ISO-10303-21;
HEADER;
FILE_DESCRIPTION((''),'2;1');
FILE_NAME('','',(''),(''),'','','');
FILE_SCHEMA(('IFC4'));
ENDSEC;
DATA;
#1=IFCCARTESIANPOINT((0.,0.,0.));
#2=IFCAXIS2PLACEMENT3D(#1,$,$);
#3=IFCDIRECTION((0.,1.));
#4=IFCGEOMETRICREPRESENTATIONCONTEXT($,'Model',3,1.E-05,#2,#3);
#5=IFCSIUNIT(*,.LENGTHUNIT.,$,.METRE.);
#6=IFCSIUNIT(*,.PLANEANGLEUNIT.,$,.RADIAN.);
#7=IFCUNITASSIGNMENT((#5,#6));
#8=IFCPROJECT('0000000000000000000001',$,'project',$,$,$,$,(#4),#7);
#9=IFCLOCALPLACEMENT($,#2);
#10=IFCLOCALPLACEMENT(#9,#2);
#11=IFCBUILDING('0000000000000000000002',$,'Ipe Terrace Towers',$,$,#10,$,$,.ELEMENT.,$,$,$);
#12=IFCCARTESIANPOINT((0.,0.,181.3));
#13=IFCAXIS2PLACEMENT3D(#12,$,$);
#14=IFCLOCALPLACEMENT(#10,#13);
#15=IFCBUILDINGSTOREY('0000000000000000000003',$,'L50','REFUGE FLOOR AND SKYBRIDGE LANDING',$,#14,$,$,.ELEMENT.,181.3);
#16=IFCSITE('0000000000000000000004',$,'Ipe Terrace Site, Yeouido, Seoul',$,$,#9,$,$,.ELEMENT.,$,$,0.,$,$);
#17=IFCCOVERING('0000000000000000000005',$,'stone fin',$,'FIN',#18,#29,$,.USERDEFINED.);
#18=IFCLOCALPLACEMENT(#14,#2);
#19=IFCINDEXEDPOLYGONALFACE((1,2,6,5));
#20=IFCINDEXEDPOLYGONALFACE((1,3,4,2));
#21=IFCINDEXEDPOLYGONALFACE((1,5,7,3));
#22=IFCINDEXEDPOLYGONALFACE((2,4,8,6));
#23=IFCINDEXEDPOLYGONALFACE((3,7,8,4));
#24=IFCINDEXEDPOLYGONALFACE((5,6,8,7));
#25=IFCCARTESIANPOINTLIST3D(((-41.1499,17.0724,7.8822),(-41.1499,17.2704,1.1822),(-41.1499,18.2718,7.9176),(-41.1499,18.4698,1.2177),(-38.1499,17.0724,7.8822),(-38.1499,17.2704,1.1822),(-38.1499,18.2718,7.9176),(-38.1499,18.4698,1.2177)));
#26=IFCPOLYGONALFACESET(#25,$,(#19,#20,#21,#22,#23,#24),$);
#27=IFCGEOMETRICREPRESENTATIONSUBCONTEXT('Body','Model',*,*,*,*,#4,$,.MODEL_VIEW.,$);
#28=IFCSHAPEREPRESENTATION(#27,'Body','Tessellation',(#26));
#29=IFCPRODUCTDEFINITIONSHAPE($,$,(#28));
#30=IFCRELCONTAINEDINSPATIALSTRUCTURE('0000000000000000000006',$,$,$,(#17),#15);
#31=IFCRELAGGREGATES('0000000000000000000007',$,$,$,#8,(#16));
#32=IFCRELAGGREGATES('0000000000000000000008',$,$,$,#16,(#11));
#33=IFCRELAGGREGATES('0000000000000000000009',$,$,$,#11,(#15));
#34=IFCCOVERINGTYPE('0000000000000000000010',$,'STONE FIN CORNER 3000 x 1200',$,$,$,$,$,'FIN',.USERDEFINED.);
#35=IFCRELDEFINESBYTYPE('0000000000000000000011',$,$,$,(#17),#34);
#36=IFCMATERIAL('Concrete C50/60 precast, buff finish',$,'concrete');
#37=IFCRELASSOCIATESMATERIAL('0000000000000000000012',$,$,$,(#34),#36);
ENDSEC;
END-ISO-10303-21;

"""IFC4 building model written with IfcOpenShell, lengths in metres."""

from ifc_helpers import new_model, si_unit, direction, frame, origin, origin_2d, place, context, subcontext, project, spatial, rectangle, extrude, material, material_profile, profile_set, type_object, element, save


model = new_model("IFC4")

# Units and contexts
model_context = context("Model", 3, precision=1e-05, world=origin(), true_north=direction((0.0, 1.0)))
body_context = subcontext(model_context, "Body", "Model", "MODEL_VIEW")
ifc_project = project(units=[si_unit("LENGTHUNIT", "METRE"), si_unit("PLANEANGLEUNIT", "RADIAN")], contexts=[model_context])

# Site, building, storey
site_placement = place(None, origin())
site = spatial("IfcSite", under=ifc_project, at=site_placement, Name="Ipe Terrace Site, Yeouido, Seoul", CompositionType="ELEMENT", RefElevation=0.0)
building_placement = place(site_placement, origin())
building = spatial("IfcBuilding", under=site, at=building_placement, Name="Ipe Terrace Towers", CompositionType="ELEMENT")
storey_placement = place(building_placement, frame((0.0, 0.0, 181.3)))
storey = spatial("IfcBuildingStorey", under=building, at=storey_placement, Name="L50", Description="REFUGE FLOOR AND SKYBRIDGE LANDING", CompositionType="ELEMENT", Elevation=181.3)

# Covering
ifc_material_1 = material(Name="Concrete C50/60 precast, buff finish", Category="concrete")
ifc_material_profile_1 = material_profile(ifc_material_1, rectangle(XDim=3.0, YDim=1.2, at=origin_2d()), Name="STONE FIN CORNER 3000 x 1200")
ifc_profile_set_1 = profile_set([ifc_material_profile_1], Name="Concrete C50/60 precast, buff finish")
covering_type_1 = type_object("IfcCoveringType", Name="STONE FIN CORNER 3000 x 1200", ElementType="FIN", PredefinedType="USERDEFINED", material=ifc_profile_set_1)
covering_1_placement = place(storey_placement, frame((-39.6499, 17.8701, 1.2), z_axis=(0.0, -0.029539, 0.999564), x_axis=(-1.0, 0.0, 0.0)))
element("IfcCovering", 1, at=covering_1_placement, inside=storey, type_object=covering_type_1, Name="stone fin", ObjectType="FIN", PredefinedType="USERDEFINED", context=body_context, shape_type="SweptSolid", body=[
    extrude(rectangle(XDim=3.0, YDim=1.2, at=origin_2d()), origin(), (0.0, 0.0, 1.0), 6.7029),
])

save(model, "model.ifc")
